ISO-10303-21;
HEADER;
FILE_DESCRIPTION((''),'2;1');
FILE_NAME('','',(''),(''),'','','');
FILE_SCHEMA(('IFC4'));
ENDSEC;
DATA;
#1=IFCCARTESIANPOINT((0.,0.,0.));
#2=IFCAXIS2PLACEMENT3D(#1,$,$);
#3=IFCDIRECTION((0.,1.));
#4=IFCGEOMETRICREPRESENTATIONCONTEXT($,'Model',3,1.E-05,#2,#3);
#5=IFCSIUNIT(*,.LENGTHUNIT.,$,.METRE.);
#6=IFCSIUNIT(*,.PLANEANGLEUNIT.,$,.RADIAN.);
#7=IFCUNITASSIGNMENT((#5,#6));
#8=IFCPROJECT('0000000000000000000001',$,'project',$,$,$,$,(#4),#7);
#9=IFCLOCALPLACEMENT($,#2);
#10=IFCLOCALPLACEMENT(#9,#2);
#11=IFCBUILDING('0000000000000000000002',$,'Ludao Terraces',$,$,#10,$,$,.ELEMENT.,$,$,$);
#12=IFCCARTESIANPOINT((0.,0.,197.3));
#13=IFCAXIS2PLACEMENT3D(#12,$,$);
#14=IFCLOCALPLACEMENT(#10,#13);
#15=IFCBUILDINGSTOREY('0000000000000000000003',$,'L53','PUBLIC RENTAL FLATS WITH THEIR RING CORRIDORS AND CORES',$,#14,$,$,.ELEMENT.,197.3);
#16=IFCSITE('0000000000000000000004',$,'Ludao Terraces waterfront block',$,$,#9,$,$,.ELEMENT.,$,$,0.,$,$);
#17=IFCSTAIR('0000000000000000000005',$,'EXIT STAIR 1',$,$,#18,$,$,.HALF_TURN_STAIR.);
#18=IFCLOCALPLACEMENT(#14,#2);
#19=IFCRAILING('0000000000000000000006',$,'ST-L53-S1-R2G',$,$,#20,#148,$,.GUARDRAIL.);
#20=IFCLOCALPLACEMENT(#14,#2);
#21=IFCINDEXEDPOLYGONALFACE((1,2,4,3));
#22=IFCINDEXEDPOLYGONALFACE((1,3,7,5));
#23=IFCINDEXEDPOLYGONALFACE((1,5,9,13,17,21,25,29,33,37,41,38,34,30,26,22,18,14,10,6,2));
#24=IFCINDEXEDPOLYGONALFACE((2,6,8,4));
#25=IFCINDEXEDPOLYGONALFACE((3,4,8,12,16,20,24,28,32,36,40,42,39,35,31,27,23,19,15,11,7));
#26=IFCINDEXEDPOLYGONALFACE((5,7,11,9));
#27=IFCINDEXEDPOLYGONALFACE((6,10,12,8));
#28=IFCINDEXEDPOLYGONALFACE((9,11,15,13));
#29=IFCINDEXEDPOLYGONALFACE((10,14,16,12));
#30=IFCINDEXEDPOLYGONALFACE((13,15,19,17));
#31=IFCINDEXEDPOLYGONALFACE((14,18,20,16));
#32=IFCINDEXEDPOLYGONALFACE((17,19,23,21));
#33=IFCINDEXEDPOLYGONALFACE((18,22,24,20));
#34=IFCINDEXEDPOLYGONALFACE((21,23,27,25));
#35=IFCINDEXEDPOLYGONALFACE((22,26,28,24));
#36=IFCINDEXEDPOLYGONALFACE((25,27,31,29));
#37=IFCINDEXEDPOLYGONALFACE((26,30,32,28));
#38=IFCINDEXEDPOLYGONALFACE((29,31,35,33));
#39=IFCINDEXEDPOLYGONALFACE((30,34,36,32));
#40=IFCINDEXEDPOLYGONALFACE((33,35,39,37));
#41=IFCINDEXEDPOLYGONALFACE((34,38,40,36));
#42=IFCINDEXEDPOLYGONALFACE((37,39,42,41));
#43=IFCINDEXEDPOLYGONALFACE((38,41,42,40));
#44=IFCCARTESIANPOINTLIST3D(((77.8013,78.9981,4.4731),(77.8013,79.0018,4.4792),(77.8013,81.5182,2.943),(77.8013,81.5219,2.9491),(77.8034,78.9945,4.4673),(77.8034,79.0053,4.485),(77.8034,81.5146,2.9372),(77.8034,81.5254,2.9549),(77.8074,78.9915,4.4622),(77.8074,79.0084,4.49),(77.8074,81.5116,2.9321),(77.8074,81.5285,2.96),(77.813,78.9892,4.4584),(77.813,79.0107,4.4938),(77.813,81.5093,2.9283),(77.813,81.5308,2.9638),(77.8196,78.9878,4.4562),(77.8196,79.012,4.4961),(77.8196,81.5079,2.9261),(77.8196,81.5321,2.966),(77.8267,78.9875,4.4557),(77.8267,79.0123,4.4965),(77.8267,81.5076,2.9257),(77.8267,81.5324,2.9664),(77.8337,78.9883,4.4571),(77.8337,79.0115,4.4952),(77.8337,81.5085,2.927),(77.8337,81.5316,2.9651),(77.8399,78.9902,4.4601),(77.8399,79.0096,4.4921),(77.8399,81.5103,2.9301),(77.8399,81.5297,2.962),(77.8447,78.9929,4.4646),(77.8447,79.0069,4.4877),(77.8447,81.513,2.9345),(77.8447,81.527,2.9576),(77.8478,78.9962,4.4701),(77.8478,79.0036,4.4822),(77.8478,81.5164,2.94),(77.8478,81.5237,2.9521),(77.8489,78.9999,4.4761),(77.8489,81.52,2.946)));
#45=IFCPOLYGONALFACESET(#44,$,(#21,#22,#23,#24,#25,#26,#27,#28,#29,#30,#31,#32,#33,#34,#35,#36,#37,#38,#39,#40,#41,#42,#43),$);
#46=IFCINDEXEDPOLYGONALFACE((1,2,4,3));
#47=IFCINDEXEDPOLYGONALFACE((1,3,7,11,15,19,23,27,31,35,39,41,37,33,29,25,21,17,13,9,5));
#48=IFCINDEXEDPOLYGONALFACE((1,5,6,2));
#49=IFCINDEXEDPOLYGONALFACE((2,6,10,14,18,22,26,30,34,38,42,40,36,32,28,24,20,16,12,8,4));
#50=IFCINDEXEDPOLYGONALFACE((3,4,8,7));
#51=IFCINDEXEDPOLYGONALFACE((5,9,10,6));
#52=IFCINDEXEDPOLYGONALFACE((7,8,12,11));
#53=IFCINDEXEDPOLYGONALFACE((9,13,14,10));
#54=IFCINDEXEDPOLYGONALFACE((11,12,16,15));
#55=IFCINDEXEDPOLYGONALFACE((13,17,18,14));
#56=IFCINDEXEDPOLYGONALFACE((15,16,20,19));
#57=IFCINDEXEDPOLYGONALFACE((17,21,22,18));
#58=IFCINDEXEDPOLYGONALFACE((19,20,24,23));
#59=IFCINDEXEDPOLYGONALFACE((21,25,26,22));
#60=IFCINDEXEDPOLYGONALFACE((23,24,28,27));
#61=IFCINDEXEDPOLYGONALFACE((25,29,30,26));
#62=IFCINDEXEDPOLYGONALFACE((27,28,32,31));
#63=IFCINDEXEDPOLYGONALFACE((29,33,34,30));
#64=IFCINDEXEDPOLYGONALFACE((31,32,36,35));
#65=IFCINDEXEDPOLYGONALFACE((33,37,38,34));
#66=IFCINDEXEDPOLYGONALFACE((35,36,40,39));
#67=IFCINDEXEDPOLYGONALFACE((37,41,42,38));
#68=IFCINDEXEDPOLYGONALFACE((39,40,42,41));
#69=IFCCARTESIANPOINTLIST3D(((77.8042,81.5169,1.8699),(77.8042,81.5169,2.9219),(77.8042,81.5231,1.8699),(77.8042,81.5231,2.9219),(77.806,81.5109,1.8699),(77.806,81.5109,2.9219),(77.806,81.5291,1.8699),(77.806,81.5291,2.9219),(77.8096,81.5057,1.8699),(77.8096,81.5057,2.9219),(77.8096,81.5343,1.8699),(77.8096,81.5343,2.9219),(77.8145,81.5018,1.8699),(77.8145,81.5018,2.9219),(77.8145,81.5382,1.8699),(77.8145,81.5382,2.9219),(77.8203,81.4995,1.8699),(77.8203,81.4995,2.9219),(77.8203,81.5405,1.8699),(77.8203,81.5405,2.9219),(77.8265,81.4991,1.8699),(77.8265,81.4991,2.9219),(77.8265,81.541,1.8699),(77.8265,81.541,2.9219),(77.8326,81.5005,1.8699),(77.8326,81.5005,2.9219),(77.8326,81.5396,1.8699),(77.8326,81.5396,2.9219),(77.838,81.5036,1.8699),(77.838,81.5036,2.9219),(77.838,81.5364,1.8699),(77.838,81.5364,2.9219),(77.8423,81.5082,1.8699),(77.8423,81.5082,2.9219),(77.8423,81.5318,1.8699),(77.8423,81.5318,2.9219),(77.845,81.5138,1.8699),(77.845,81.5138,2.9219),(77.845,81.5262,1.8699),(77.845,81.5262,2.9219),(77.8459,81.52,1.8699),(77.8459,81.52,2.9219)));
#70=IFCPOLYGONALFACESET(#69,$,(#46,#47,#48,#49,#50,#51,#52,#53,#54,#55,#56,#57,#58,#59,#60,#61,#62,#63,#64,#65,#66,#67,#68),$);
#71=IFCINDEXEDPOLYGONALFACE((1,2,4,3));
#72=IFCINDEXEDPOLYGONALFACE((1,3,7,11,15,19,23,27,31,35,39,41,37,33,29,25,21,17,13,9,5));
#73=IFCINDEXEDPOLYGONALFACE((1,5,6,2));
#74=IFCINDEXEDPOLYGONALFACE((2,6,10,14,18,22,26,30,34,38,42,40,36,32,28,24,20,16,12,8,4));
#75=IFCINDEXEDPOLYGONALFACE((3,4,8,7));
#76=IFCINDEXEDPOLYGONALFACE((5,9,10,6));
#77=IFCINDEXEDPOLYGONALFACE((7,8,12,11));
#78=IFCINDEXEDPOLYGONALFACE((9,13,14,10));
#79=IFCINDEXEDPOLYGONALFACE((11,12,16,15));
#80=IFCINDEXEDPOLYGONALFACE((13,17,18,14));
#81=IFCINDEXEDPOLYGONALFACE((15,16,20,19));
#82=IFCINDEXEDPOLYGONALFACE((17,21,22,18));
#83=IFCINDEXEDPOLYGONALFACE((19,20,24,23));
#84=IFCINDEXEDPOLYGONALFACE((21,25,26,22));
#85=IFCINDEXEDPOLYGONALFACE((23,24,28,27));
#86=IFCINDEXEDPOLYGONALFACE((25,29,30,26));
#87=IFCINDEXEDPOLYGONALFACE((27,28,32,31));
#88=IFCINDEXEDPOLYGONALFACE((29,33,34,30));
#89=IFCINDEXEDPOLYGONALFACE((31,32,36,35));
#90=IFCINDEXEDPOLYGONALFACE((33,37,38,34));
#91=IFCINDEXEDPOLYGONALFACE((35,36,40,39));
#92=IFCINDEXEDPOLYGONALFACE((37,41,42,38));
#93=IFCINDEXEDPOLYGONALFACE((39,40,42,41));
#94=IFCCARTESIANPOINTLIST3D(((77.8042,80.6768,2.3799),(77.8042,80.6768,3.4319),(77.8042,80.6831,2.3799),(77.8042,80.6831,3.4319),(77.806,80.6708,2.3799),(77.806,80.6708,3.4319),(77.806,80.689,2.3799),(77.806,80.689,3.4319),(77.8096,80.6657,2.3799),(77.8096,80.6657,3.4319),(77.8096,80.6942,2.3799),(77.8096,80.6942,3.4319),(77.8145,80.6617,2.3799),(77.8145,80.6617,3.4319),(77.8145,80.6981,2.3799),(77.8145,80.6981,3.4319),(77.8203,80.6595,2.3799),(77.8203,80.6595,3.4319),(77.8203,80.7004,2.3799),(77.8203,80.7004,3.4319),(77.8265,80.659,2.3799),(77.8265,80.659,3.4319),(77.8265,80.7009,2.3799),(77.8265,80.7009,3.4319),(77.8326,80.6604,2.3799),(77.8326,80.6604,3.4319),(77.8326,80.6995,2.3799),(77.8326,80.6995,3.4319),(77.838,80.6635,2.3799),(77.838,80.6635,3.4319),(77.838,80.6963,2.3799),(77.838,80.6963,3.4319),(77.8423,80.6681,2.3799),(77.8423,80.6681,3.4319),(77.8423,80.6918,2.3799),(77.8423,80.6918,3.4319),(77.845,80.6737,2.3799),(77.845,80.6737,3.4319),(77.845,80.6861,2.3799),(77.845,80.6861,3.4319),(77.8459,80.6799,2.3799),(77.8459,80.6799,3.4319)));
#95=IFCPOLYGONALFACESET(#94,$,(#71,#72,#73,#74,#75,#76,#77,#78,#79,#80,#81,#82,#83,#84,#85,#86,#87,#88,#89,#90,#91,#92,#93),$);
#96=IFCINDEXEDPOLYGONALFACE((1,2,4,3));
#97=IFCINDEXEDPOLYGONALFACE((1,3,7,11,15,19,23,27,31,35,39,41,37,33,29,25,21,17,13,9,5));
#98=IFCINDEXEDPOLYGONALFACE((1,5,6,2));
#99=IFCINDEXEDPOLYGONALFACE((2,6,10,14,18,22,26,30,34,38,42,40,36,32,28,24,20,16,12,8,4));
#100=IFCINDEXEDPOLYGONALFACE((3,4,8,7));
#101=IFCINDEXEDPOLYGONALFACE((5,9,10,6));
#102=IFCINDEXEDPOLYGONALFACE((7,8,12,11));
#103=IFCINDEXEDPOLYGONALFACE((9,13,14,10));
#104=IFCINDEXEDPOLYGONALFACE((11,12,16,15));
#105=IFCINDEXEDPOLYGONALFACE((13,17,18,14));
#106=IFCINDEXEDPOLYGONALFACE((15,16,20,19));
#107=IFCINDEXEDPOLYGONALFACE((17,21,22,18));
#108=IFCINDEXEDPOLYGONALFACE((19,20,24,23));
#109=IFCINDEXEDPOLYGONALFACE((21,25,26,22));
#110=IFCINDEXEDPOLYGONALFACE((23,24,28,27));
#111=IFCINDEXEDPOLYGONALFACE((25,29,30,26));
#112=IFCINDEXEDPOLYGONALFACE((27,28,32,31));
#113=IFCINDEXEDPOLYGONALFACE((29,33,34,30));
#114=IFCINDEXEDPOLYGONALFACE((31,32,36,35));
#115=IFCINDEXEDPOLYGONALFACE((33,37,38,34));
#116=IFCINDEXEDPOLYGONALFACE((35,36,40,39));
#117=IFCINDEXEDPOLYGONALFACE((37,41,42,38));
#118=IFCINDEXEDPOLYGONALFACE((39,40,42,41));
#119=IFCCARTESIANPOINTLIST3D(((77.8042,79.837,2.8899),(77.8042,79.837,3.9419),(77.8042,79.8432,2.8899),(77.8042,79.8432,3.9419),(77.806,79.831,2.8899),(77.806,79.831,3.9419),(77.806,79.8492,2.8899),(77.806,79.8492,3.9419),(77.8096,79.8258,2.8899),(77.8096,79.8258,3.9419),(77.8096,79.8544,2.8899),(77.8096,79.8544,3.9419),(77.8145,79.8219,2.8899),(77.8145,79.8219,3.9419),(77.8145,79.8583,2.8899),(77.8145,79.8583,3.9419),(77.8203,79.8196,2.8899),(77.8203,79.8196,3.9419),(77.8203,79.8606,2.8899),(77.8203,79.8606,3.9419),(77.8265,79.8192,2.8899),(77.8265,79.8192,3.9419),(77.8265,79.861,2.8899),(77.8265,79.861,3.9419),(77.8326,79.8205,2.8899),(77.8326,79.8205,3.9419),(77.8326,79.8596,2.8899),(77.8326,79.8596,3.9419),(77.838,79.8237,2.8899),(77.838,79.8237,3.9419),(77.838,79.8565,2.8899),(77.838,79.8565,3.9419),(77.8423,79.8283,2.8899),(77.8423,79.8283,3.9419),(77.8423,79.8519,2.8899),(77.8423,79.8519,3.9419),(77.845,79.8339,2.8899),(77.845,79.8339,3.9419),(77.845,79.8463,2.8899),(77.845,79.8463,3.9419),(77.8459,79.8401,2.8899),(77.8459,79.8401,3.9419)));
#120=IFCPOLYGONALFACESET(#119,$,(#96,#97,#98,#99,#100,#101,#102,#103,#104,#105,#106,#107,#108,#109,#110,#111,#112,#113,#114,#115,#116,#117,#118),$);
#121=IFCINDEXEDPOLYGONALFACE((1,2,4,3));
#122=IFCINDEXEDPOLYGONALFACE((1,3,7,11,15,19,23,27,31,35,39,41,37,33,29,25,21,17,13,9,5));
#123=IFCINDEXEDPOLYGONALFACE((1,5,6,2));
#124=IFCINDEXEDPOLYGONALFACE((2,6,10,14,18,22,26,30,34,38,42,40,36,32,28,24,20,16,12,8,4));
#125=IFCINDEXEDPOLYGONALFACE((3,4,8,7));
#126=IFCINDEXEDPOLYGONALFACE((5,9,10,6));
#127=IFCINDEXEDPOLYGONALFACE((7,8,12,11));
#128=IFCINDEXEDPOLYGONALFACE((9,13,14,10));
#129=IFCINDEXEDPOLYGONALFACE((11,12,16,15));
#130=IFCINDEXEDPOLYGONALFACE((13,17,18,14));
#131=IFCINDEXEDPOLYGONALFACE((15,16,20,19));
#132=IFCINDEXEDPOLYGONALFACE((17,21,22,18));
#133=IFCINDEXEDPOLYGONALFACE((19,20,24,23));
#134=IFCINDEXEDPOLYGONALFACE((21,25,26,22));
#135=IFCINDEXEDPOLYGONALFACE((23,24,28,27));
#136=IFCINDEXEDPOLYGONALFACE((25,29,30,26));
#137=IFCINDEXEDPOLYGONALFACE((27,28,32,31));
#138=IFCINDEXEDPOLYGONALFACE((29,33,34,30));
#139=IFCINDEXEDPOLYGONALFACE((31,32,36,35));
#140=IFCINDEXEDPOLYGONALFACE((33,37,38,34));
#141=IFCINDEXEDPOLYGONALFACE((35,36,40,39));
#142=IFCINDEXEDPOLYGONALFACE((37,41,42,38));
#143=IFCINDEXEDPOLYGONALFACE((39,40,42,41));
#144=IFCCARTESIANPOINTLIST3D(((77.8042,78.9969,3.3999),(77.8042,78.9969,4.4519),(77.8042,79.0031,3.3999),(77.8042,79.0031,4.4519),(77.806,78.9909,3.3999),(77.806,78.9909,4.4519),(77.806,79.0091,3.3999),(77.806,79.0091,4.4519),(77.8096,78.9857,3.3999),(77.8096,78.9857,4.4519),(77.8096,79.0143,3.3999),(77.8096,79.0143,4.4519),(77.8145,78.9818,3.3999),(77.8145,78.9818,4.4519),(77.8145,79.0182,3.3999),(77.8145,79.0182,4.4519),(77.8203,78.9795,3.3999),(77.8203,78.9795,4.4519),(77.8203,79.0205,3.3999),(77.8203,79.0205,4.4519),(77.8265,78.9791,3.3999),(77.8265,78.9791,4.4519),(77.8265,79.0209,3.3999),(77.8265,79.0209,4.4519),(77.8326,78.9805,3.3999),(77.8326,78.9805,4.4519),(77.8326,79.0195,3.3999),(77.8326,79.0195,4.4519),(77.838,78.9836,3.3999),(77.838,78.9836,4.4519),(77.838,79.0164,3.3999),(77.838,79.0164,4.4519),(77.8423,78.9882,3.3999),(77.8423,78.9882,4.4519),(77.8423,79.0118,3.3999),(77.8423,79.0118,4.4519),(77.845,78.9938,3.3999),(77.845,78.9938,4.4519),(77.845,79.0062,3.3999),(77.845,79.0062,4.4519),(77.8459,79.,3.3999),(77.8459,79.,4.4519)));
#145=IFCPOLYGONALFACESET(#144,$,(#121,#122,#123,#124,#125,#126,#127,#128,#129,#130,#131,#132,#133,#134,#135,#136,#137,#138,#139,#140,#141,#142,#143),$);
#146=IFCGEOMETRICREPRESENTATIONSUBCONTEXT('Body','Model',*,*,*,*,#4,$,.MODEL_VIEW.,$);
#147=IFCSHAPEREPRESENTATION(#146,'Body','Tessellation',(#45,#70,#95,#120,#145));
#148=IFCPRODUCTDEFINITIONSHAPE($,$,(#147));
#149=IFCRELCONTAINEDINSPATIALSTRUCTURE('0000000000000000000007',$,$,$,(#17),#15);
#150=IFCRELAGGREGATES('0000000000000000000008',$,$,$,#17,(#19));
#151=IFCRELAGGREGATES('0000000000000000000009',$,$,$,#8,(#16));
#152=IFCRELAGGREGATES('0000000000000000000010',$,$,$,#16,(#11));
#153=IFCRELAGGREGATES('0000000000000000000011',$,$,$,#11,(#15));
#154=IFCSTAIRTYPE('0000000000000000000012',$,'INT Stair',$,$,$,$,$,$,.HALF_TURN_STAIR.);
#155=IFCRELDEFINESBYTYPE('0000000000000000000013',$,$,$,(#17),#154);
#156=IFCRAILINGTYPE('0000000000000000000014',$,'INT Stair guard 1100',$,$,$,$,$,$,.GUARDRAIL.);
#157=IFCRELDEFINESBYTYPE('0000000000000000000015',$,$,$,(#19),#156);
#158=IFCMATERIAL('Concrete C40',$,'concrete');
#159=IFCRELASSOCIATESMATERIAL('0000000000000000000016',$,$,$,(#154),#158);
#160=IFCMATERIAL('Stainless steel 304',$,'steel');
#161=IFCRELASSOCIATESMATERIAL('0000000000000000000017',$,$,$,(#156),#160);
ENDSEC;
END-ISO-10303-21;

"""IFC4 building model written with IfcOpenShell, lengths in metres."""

from ifc_helpers import new_model, si_unit, direction, frame, origin, origin_2d, place, context, subcontext, project, spatial, circle, extrude, material, type_object, element, aggregate, save


model = new_model("IFC4")

# Units and contexts
model_context = context("Model", 3, precision=1e-05, world=origin(), true_north=direction((0.0, 1.0)))
body_context = subcontext(model_context, "Body", "Model", "MODEL_VIEW")
ifc_project = project(units=[si_unit("LENGTHUNIT", "METRE"), si_unit("PLANEANGLEUNIT", "RADIAN")], contexts=[model_context])

# Site, building, storey
site_placement = place(None, origin())
site = spatial("IfcSite", under=ifc_project, at=site_placement, Name="Ludao Terraces waterfront block", CompositionType="ELEMENT", RefElevation=0.0)
building_placement = place(site_placement, origin())
building = spatial("IfcBuilding", under=site, at=building_placement, Name="Ludao Terraces", CompositionType="ELEMENT")
storey_placement = place(building_placement, frame((0.0, 0.0, 197.3)))
storey = spatial("IfcBuildingStorey", under=building, at=storey_placement, Name="L53", Description="PUBLIC RENTAL FLATS WITH THEIR RING CORRIDORS AND CORES", CompositionType="ELEMENT", Elevation=197.3)

# Shared definitions
ifc_material_1 = material(Name="Concrete C40", Category="concrete")

# Stair, railing
stair_type = type_object("IfcStairType", Name="INT Stair", PredefinedType="HALF_TURN_STAIR", material=ifc_material_1)
stair_placement = place(storey_placement, origin())
stair = element("IfcStair", 1, at=stair_placement, inside=storey, type_object=stair_type, Name="EXIT STAIR 1", PredefinedType="HALF_TURN_STAIR")
ifc_material_2 = material(Name="Stainless steel 304", Category="steel")
railing_type_1 = type_object("IfcRailingType", Name="INT Stair guard 1100", PredefinedType="GUARDRAIL", material=ifc_material_2)
railing_1_placement = place(storey_placement, frame((77.825, 81.52, 1.8699)))
railing_1 = element("IfcRailing", 2, at=railing_1_placement, type_object=railing_type_1, Name="ST-L53-S1-R2G", PredefinedType="GUARDRAIL", context=body_context, shape_type="SweptSolid", body=[
    extrude(circle(Radius=0.0239, at=origin_2d()), frame((0.0, 0.0, 1.0762), z_axis=(0.0, -0.854785, 0.518982), x_axis=(1.0, 0.0, 0.0)), (0.0, 0.0, 1.0), 2.9482),
    extrude(circle(Radius=0.021, at=origin_2d()), origin(), (0.0, 0.0, 1.0), 1.052),
    extrude(circle(Radius=0.021, at=origin_2d()), frame((0.0, -0.8401, 0.51)), (0.0, 0.0, 1.0), 1.052),
    extrude(circle(Radius=0.021, at=origin_2d()), frame((0.0, -1.6799, 1.02)), (0.0, 0.0, 1.0), 1.052),
    extrude(circle(Radius=0.021, at=origin_2d()), frame((0.0, -2.52, 1.53)), (0.0, 0.0, 1.0), 1.052),
])
aggregate(stair, [railing_1])

save(model, "model.ifc")
